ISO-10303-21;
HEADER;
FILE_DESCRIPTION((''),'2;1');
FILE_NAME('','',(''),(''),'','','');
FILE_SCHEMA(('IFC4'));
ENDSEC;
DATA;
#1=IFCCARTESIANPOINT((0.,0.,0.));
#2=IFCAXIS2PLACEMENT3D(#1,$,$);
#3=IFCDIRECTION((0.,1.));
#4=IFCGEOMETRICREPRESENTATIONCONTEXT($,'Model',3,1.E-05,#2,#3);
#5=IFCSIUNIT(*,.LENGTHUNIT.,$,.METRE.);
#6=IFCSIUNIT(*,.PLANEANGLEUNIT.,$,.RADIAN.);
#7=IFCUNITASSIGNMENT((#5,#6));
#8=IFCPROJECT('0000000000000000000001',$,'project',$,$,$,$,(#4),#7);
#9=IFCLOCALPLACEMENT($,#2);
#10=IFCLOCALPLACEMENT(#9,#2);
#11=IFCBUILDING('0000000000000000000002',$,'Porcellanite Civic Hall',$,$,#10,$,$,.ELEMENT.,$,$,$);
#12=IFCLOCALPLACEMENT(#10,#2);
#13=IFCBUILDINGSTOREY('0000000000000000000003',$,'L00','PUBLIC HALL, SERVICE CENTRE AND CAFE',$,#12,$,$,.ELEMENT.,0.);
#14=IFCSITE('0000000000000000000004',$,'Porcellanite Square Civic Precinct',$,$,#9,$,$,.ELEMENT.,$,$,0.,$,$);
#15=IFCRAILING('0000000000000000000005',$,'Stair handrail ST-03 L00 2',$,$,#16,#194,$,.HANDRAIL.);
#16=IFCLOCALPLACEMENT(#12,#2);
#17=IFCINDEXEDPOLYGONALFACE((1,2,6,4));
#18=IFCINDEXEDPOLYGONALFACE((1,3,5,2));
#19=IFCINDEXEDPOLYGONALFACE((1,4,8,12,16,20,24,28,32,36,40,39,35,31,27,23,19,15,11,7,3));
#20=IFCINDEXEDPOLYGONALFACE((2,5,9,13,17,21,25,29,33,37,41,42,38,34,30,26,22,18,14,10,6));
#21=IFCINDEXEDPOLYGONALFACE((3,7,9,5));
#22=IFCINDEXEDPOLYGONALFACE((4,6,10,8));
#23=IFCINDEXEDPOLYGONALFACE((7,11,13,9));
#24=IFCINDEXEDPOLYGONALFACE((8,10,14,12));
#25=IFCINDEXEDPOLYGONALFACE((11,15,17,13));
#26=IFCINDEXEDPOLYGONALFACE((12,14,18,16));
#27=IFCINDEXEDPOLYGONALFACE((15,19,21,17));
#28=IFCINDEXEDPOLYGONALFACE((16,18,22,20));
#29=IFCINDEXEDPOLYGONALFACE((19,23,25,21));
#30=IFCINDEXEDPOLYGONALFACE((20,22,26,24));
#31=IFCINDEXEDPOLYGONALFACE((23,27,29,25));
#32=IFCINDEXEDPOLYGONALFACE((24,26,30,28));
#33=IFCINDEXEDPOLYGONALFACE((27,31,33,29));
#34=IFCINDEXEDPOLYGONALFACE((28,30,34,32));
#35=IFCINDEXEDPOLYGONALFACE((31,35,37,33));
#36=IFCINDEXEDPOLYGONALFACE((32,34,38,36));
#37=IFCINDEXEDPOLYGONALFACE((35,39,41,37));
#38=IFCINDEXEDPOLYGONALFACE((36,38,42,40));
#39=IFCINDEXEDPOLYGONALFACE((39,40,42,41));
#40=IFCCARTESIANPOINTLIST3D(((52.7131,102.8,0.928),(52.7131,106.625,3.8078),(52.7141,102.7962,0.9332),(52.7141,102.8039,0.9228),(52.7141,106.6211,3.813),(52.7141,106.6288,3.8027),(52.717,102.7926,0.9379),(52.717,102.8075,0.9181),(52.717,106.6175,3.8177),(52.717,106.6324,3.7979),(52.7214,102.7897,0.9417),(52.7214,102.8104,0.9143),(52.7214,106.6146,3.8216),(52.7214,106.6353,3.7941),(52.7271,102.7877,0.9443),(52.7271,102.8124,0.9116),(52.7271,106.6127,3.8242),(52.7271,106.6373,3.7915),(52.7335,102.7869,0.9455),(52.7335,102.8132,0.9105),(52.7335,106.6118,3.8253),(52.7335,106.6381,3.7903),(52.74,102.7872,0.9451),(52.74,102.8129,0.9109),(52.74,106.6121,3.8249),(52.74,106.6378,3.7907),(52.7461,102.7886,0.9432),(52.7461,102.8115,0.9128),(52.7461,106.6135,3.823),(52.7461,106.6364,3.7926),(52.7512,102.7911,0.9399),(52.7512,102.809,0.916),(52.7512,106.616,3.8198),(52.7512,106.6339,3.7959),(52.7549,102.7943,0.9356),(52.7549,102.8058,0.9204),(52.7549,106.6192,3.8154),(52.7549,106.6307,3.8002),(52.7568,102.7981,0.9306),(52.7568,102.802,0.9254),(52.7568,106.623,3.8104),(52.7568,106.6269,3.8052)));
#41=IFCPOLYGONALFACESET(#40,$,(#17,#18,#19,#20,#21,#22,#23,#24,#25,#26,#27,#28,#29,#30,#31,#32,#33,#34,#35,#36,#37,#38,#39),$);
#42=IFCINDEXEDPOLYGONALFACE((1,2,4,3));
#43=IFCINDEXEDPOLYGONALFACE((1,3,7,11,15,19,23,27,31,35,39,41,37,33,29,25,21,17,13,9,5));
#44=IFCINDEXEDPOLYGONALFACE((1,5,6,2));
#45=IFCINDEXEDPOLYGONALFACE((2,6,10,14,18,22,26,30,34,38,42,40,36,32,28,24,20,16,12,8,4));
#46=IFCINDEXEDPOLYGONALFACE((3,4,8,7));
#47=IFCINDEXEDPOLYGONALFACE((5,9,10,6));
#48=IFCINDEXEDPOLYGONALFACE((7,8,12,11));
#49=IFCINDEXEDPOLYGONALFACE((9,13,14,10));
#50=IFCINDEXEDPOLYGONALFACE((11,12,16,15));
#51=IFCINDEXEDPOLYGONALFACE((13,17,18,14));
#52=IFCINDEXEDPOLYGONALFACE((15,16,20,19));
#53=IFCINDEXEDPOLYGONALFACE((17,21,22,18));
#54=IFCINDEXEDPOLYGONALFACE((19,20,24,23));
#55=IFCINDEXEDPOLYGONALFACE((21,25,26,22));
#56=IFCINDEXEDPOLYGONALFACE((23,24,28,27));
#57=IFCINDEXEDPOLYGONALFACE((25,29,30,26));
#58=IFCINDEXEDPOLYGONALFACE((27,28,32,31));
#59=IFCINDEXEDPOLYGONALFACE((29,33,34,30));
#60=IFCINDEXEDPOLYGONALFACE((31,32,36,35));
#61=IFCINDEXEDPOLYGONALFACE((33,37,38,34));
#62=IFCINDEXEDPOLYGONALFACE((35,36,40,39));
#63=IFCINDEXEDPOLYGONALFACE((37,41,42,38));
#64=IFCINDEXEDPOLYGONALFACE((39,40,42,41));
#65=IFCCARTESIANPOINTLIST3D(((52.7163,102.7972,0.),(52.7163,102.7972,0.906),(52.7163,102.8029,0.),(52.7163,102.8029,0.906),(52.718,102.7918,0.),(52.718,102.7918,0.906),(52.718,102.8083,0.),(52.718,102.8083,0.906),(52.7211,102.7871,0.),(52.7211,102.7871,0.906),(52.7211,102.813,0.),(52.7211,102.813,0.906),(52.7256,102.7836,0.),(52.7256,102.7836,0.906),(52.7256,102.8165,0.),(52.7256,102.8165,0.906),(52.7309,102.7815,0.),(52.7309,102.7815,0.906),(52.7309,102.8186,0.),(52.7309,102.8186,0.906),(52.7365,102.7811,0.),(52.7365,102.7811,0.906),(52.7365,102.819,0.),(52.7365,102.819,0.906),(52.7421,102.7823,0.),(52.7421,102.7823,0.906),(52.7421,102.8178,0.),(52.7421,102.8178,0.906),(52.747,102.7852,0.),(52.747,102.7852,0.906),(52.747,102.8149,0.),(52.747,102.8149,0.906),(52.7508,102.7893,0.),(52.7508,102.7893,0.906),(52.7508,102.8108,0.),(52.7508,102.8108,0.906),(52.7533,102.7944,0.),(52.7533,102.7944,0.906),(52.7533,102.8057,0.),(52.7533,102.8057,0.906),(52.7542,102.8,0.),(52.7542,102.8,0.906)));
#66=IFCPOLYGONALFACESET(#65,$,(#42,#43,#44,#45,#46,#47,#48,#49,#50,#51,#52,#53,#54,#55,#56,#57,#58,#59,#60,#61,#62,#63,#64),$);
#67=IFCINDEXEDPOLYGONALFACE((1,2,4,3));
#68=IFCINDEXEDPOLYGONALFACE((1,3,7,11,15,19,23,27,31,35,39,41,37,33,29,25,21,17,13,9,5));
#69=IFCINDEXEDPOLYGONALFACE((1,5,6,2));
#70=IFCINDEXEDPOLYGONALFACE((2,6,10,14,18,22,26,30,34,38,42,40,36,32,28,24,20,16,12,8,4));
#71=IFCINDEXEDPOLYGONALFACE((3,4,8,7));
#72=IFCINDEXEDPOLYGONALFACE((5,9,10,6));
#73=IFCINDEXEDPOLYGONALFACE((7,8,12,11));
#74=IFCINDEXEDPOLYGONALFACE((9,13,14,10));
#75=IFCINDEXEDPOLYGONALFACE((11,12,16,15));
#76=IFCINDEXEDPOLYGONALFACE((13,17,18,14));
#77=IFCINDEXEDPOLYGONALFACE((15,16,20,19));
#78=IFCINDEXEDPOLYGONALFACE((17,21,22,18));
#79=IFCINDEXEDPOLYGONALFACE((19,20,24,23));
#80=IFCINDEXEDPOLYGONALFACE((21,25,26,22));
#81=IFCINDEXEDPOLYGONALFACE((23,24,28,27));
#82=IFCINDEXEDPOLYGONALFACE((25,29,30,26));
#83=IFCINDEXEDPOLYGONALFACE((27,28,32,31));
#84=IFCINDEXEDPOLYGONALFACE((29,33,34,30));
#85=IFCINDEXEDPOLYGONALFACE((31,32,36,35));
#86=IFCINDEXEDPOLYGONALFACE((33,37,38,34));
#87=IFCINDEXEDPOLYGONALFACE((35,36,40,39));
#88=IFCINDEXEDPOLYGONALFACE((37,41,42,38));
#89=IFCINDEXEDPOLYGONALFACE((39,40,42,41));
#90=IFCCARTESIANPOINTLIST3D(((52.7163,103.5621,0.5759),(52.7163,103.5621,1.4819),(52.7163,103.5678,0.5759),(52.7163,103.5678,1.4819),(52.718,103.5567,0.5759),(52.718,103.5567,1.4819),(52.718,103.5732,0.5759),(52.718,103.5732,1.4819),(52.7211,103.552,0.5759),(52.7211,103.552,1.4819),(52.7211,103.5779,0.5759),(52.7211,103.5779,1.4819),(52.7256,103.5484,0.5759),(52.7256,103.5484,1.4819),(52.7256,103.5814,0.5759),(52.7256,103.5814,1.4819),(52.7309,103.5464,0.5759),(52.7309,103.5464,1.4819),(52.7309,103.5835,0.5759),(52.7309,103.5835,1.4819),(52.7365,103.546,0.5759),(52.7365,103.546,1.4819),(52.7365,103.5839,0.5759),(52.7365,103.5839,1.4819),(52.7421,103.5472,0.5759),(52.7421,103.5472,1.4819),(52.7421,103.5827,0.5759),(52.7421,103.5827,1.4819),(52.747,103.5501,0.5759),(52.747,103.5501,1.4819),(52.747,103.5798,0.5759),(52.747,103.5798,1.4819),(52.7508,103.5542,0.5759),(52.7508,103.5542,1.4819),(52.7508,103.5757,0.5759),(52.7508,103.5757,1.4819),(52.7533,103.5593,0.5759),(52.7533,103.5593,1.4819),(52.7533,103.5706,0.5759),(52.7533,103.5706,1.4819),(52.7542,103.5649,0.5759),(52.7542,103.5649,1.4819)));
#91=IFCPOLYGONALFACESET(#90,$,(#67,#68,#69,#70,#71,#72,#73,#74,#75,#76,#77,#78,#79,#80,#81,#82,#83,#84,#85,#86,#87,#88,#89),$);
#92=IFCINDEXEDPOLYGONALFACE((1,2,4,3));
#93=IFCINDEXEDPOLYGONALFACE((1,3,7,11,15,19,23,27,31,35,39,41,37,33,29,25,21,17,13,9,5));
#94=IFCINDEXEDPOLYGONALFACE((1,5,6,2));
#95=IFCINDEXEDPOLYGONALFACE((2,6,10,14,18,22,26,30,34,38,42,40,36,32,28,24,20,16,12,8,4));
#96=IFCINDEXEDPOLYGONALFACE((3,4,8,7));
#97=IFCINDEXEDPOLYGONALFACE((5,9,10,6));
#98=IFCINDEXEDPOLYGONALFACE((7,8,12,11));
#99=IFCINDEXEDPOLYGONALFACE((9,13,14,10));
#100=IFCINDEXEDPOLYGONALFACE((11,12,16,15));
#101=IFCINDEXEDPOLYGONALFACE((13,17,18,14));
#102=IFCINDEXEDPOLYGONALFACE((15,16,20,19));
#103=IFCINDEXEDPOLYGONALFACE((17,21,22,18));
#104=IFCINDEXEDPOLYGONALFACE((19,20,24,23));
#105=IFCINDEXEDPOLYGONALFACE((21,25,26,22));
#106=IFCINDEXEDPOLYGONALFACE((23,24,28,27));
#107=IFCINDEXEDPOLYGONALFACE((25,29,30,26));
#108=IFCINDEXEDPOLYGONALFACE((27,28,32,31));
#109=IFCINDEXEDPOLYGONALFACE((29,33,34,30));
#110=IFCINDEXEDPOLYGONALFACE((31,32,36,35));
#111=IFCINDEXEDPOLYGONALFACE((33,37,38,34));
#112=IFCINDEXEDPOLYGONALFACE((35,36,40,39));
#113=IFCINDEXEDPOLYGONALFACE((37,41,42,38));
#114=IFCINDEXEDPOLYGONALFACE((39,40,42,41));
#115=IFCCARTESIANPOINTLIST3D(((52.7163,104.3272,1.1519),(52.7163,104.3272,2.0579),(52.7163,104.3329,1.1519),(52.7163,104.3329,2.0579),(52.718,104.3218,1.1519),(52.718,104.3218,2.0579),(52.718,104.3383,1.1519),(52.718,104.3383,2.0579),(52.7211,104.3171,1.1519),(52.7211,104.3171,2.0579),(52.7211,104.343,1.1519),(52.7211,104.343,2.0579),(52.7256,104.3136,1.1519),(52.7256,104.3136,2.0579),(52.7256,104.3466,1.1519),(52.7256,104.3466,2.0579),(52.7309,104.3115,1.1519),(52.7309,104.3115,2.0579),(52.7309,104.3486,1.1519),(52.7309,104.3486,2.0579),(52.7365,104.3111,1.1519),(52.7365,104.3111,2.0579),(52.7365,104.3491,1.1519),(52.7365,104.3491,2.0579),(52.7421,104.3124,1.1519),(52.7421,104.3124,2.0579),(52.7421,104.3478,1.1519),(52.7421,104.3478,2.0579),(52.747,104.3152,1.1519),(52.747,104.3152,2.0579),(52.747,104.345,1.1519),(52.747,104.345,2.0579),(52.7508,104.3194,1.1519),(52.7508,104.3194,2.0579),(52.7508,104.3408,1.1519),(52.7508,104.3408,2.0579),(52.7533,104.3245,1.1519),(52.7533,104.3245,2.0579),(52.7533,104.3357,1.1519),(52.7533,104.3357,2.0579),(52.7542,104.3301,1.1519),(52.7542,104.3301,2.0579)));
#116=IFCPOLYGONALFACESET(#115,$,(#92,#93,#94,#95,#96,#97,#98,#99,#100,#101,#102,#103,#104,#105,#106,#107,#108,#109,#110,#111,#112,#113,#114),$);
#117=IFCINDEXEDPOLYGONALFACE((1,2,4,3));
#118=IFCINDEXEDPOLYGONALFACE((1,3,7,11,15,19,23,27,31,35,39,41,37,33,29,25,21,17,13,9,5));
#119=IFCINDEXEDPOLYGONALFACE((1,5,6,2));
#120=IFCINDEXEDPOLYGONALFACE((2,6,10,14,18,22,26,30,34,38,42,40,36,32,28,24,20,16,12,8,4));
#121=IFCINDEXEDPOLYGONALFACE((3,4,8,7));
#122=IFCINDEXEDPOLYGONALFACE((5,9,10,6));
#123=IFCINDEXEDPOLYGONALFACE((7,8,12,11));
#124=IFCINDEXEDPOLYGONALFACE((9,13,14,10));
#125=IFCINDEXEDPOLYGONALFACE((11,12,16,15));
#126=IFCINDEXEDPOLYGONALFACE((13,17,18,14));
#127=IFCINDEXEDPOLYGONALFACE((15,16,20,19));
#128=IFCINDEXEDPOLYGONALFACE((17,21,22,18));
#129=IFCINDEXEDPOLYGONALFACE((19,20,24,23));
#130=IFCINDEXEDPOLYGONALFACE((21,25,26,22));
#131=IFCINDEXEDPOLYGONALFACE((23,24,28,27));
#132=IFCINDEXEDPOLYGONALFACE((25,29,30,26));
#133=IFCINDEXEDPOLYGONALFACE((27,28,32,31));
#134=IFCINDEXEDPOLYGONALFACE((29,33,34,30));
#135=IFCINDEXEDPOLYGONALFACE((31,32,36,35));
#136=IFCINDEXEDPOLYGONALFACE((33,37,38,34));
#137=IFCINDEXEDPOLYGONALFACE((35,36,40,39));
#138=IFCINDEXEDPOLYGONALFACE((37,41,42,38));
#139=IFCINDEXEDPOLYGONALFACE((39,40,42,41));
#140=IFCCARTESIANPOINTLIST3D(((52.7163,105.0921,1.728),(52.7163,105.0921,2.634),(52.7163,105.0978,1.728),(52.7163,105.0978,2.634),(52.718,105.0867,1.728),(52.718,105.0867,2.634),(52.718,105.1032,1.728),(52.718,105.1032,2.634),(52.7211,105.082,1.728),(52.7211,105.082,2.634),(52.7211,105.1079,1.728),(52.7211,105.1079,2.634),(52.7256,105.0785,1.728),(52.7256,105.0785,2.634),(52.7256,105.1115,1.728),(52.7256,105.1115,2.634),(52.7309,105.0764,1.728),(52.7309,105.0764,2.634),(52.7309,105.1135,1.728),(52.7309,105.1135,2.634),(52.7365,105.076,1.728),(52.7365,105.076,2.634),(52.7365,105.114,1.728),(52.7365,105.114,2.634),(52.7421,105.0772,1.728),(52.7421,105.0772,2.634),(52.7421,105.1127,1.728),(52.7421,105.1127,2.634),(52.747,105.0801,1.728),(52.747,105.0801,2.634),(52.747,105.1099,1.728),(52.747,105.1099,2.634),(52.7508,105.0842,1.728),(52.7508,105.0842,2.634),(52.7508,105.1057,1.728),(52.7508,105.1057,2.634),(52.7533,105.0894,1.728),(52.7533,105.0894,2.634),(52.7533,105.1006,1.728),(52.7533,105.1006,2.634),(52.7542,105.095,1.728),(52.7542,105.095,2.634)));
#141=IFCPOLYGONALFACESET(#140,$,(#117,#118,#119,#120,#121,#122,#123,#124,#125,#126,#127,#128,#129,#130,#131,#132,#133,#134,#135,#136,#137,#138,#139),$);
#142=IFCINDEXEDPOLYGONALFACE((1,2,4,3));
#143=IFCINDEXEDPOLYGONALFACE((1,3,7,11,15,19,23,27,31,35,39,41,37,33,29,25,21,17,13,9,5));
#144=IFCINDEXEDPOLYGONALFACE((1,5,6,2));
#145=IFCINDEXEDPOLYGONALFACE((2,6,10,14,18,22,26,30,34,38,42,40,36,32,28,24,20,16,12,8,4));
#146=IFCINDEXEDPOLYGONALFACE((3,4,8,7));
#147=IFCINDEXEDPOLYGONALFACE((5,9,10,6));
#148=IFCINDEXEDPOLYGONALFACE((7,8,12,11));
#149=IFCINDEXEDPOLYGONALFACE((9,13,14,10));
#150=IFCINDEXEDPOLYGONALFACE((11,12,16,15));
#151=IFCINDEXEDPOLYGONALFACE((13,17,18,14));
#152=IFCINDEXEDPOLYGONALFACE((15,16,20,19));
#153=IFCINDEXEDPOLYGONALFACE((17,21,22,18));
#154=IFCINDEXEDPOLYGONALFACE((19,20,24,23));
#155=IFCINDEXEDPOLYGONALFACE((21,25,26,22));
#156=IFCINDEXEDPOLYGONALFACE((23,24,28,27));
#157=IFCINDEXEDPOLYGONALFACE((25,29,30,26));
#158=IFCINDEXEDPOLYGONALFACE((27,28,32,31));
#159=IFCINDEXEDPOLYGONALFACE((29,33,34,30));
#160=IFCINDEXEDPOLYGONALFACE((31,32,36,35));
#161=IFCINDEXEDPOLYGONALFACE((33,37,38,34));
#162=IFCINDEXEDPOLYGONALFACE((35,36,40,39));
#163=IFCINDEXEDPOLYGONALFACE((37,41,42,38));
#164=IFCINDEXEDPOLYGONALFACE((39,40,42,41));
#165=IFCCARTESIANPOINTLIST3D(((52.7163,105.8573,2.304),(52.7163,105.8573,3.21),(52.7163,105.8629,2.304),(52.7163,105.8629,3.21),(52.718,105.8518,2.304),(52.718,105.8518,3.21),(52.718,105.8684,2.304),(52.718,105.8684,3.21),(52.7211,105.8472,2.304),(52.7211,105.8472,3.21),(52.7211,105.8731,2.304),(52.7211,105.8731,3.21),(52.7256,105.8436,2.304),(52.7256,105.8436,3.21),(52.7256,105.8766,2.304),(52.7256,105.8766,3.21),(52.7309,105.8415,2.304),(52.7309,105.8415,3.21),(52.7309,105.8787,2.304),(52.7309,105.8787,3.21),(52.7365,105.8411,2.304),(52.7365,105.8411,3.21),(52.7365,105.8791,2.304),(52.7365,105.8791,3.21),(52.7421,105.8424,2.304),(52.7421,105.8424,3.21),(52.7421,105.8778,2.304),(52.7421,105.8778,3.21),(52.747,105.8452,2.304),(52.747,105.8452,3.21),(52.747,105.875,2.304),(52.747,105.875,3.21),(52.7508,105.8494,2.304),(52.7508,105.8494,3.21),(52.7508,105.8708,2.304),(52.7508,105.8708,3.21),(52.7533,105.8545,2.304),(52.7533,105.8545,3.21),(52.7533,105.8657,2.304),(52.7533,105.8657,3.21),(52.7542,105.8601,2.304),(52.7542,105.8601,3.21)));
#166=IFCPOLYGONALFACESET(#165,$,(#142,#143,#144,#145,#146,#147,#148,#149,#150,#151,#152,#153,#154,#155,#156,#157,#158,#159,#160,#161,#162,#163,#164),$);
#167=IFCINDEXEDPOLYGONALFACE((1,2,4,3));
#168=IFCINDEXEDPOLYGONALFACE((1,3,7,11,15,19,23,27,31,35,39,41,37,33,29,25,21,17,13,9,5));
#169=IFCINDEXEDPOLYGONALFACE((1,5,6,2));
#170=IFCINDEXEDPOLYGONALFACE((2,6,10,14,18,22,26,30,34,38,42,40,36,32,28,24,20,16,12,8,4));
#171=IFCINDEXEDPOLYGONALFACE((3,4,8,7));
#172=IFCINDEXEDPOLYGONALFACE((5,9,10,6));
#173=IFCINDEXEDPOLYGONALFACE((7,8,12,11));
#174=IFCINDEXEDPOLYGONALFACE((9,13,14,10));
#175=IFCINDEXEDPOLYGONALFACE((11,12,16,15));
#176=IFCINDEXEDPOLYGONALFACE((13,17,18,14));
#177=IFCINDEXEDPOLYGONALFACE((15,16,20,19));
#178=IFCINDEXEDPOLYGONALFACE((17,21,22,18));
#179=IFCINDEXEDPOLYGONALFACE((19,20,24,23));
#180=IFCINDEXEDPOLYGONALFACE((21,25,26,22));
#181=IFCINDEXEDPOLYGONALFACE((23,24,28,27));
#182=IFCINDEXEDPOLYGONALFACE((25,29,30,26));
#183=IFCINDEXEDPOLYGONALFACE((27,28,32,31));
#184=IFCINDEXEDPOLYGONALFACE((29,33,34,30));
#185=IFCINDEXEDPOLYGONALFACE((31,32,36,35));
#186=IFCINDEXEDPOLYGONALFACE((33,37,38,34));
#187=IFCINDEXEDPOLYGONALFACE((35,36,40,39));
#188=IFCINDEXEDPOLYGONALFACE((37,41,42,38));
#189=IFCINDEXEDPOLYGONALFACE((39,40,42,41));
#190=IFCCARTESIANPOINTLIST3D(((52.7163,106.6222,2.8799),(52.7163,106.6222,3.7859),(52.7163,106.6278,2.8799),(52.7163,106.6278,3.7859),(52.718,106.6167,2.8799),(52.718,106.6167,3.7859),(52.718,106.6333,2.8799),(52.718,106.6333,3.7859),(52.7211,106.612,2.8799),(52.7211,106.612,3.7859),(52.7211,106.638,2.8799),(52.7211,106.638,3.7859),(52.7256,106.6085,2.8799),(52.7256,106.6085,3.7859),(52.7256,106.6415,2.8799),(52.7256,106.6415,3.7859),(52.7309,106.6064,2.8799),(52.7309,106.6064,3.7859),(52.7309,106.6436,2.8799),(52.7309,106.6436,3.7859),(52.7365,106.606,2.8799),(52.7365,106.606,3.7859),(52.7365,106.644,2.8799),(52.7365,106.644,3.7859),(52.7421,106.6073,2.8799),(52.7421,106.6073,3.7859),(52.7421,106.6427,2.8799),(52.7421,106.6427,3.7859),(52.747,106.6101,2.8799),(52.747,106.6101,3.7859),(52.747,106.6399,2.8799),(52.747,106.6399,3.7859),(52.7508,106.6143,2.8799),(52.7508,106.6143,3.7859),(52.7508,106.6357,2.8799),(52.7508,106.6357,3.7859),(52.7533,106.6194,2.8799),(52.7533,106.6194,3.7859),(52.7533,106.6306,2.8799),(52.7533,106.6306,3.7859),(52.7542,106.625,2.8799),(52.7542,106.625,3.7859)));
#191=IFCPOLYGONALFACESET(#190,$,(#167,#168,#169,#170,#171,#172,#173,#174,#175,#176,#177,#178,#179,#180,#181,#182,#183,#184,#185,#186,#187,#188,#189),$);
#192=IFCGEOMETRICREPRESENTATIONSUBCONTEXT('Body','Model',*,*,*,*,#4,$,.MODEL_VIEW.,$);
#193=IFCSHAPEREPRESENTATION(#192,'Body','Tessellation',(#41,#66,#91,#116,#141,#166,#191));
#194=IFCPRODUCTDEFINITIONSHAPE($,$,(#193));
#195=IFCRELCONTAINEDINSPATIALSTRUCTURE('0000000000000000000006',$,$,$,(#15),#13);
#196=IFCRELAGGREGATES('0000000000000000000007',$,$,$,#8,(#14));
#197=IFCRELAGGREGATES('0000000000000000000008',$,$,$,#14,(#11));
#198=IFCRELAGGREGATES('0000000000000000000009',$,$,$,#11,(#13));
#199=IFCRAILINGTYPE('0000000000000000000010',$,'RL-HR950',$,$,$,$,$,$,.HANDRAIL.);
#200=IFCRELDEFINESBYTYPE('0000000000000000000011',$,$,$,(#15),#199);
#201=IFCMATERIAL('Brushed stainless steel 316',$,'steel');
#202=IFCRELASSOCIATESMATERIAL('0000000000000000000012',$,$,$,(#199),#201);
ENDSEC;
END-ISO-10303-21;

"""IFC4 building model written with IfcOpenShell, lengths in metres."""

from ifc_helpers import new_model, si_unit, direction, frame, origin, origin_2d, place, context, subcontext, project, spatial, circle, extrude, material, type_object, element, save


model = new_model("IFC4")

# Units and contexts
model_context = context("Model", 3, precision=1e-05, world=origin(), true_north=direction((0.0, 1.0)))
body_context = subcontext(model_context, "Body", "Model", "MODEL_VIEW")
ifc_project = project(units=[si_unit("LENGTHUNIT", "METRE"), si_unit("PLANEANGLEUNIT", "RADIAN")], contexts=[model_context])

# Site, building, storey
site_placement = place(None, origin())
site = spatial("IfcSite", under=ifc_project, at=site_placement, Name="Porcellanite Square Civic Precinct", CompositionType="ELEMENT", RefElevation=0.0)
building_placement = place(site_placement, origin())
building = spatial("IfcBuilding", under=site, at=building_placement, Name="Porcellanite Civic Hall", CompositionType="ELEMENT")
storey_placement = place(building_placement, origin())
storey = spatial("IfcBuildingStorey", under=building, at=storey_placement, Name="L00", Description="PUBLIC HALL, SERVICE CENTRE AND CAFE", CompositionType="ELEMENT", Elevation=0.0)

# Railing
ifc_material_1 = material(Name="Brushed stainless steel 316", Category="steel")
railing_type_1 = type_object("IfcRailingType", Name="RL-HR950", PredefinedType="HANDRAIL", material=ifc_material_1)
railing_1_placement = place(storey_placement, frame((52.7351, 102.8, 0.0)))
element("IfcRailing", 1, at=railing_1_placement, inside=storey, type_object=railing_type_1, Name="Stair handrail ST-03 L00 2", PredefinedType="HANDRAIL", context=body_context, shape_type="SweptSolid", body=[
    extrude(circle(Radius=0.022, at=origin_2d()), frame((0.0, 0.0, 0.928), z_axis=(0.0, 0.798879, 0.601492), x_axis=(-1.0, 0.0, 0.0)), (0.0, 0.0, 1.0), 4.7878),
    extrude(circle(Radius=0.019, at=origin_2d()), origin(), (0.0, 0.0, 1.0), 0.906),
    extrude(circle(Radius=0.019, at=origin_2d()), frame((0.0, 0.7649, 0.5759)), (0.0, 0.0, 1.0), 0.906),
    extrude(circle(Radius=0.019, at=origin_2d()), frame((0.0, 1.53, 1.1519)), (0.0, 0.0, 1.0), 0.906),
    extrude(circle(Radius=0.019, at=origin_2d()), frame((0.0, 2.2949, 1.728)), (0.0, 0.0, 1.0), 0.906),
    extrude(circle(Radius=0.019, at=origin_2d()), frame((0.0, 3.0601, 2.304)), (0.0, 0.0, 1.0), 0.906),
    extrude(circle(Radius=0.019, at=origin_2d()), frame((0.0, 3.825, 2.8799)), (0.0, 0.0, 1.0), 0.906),
])

save(model, "model.ifc")
